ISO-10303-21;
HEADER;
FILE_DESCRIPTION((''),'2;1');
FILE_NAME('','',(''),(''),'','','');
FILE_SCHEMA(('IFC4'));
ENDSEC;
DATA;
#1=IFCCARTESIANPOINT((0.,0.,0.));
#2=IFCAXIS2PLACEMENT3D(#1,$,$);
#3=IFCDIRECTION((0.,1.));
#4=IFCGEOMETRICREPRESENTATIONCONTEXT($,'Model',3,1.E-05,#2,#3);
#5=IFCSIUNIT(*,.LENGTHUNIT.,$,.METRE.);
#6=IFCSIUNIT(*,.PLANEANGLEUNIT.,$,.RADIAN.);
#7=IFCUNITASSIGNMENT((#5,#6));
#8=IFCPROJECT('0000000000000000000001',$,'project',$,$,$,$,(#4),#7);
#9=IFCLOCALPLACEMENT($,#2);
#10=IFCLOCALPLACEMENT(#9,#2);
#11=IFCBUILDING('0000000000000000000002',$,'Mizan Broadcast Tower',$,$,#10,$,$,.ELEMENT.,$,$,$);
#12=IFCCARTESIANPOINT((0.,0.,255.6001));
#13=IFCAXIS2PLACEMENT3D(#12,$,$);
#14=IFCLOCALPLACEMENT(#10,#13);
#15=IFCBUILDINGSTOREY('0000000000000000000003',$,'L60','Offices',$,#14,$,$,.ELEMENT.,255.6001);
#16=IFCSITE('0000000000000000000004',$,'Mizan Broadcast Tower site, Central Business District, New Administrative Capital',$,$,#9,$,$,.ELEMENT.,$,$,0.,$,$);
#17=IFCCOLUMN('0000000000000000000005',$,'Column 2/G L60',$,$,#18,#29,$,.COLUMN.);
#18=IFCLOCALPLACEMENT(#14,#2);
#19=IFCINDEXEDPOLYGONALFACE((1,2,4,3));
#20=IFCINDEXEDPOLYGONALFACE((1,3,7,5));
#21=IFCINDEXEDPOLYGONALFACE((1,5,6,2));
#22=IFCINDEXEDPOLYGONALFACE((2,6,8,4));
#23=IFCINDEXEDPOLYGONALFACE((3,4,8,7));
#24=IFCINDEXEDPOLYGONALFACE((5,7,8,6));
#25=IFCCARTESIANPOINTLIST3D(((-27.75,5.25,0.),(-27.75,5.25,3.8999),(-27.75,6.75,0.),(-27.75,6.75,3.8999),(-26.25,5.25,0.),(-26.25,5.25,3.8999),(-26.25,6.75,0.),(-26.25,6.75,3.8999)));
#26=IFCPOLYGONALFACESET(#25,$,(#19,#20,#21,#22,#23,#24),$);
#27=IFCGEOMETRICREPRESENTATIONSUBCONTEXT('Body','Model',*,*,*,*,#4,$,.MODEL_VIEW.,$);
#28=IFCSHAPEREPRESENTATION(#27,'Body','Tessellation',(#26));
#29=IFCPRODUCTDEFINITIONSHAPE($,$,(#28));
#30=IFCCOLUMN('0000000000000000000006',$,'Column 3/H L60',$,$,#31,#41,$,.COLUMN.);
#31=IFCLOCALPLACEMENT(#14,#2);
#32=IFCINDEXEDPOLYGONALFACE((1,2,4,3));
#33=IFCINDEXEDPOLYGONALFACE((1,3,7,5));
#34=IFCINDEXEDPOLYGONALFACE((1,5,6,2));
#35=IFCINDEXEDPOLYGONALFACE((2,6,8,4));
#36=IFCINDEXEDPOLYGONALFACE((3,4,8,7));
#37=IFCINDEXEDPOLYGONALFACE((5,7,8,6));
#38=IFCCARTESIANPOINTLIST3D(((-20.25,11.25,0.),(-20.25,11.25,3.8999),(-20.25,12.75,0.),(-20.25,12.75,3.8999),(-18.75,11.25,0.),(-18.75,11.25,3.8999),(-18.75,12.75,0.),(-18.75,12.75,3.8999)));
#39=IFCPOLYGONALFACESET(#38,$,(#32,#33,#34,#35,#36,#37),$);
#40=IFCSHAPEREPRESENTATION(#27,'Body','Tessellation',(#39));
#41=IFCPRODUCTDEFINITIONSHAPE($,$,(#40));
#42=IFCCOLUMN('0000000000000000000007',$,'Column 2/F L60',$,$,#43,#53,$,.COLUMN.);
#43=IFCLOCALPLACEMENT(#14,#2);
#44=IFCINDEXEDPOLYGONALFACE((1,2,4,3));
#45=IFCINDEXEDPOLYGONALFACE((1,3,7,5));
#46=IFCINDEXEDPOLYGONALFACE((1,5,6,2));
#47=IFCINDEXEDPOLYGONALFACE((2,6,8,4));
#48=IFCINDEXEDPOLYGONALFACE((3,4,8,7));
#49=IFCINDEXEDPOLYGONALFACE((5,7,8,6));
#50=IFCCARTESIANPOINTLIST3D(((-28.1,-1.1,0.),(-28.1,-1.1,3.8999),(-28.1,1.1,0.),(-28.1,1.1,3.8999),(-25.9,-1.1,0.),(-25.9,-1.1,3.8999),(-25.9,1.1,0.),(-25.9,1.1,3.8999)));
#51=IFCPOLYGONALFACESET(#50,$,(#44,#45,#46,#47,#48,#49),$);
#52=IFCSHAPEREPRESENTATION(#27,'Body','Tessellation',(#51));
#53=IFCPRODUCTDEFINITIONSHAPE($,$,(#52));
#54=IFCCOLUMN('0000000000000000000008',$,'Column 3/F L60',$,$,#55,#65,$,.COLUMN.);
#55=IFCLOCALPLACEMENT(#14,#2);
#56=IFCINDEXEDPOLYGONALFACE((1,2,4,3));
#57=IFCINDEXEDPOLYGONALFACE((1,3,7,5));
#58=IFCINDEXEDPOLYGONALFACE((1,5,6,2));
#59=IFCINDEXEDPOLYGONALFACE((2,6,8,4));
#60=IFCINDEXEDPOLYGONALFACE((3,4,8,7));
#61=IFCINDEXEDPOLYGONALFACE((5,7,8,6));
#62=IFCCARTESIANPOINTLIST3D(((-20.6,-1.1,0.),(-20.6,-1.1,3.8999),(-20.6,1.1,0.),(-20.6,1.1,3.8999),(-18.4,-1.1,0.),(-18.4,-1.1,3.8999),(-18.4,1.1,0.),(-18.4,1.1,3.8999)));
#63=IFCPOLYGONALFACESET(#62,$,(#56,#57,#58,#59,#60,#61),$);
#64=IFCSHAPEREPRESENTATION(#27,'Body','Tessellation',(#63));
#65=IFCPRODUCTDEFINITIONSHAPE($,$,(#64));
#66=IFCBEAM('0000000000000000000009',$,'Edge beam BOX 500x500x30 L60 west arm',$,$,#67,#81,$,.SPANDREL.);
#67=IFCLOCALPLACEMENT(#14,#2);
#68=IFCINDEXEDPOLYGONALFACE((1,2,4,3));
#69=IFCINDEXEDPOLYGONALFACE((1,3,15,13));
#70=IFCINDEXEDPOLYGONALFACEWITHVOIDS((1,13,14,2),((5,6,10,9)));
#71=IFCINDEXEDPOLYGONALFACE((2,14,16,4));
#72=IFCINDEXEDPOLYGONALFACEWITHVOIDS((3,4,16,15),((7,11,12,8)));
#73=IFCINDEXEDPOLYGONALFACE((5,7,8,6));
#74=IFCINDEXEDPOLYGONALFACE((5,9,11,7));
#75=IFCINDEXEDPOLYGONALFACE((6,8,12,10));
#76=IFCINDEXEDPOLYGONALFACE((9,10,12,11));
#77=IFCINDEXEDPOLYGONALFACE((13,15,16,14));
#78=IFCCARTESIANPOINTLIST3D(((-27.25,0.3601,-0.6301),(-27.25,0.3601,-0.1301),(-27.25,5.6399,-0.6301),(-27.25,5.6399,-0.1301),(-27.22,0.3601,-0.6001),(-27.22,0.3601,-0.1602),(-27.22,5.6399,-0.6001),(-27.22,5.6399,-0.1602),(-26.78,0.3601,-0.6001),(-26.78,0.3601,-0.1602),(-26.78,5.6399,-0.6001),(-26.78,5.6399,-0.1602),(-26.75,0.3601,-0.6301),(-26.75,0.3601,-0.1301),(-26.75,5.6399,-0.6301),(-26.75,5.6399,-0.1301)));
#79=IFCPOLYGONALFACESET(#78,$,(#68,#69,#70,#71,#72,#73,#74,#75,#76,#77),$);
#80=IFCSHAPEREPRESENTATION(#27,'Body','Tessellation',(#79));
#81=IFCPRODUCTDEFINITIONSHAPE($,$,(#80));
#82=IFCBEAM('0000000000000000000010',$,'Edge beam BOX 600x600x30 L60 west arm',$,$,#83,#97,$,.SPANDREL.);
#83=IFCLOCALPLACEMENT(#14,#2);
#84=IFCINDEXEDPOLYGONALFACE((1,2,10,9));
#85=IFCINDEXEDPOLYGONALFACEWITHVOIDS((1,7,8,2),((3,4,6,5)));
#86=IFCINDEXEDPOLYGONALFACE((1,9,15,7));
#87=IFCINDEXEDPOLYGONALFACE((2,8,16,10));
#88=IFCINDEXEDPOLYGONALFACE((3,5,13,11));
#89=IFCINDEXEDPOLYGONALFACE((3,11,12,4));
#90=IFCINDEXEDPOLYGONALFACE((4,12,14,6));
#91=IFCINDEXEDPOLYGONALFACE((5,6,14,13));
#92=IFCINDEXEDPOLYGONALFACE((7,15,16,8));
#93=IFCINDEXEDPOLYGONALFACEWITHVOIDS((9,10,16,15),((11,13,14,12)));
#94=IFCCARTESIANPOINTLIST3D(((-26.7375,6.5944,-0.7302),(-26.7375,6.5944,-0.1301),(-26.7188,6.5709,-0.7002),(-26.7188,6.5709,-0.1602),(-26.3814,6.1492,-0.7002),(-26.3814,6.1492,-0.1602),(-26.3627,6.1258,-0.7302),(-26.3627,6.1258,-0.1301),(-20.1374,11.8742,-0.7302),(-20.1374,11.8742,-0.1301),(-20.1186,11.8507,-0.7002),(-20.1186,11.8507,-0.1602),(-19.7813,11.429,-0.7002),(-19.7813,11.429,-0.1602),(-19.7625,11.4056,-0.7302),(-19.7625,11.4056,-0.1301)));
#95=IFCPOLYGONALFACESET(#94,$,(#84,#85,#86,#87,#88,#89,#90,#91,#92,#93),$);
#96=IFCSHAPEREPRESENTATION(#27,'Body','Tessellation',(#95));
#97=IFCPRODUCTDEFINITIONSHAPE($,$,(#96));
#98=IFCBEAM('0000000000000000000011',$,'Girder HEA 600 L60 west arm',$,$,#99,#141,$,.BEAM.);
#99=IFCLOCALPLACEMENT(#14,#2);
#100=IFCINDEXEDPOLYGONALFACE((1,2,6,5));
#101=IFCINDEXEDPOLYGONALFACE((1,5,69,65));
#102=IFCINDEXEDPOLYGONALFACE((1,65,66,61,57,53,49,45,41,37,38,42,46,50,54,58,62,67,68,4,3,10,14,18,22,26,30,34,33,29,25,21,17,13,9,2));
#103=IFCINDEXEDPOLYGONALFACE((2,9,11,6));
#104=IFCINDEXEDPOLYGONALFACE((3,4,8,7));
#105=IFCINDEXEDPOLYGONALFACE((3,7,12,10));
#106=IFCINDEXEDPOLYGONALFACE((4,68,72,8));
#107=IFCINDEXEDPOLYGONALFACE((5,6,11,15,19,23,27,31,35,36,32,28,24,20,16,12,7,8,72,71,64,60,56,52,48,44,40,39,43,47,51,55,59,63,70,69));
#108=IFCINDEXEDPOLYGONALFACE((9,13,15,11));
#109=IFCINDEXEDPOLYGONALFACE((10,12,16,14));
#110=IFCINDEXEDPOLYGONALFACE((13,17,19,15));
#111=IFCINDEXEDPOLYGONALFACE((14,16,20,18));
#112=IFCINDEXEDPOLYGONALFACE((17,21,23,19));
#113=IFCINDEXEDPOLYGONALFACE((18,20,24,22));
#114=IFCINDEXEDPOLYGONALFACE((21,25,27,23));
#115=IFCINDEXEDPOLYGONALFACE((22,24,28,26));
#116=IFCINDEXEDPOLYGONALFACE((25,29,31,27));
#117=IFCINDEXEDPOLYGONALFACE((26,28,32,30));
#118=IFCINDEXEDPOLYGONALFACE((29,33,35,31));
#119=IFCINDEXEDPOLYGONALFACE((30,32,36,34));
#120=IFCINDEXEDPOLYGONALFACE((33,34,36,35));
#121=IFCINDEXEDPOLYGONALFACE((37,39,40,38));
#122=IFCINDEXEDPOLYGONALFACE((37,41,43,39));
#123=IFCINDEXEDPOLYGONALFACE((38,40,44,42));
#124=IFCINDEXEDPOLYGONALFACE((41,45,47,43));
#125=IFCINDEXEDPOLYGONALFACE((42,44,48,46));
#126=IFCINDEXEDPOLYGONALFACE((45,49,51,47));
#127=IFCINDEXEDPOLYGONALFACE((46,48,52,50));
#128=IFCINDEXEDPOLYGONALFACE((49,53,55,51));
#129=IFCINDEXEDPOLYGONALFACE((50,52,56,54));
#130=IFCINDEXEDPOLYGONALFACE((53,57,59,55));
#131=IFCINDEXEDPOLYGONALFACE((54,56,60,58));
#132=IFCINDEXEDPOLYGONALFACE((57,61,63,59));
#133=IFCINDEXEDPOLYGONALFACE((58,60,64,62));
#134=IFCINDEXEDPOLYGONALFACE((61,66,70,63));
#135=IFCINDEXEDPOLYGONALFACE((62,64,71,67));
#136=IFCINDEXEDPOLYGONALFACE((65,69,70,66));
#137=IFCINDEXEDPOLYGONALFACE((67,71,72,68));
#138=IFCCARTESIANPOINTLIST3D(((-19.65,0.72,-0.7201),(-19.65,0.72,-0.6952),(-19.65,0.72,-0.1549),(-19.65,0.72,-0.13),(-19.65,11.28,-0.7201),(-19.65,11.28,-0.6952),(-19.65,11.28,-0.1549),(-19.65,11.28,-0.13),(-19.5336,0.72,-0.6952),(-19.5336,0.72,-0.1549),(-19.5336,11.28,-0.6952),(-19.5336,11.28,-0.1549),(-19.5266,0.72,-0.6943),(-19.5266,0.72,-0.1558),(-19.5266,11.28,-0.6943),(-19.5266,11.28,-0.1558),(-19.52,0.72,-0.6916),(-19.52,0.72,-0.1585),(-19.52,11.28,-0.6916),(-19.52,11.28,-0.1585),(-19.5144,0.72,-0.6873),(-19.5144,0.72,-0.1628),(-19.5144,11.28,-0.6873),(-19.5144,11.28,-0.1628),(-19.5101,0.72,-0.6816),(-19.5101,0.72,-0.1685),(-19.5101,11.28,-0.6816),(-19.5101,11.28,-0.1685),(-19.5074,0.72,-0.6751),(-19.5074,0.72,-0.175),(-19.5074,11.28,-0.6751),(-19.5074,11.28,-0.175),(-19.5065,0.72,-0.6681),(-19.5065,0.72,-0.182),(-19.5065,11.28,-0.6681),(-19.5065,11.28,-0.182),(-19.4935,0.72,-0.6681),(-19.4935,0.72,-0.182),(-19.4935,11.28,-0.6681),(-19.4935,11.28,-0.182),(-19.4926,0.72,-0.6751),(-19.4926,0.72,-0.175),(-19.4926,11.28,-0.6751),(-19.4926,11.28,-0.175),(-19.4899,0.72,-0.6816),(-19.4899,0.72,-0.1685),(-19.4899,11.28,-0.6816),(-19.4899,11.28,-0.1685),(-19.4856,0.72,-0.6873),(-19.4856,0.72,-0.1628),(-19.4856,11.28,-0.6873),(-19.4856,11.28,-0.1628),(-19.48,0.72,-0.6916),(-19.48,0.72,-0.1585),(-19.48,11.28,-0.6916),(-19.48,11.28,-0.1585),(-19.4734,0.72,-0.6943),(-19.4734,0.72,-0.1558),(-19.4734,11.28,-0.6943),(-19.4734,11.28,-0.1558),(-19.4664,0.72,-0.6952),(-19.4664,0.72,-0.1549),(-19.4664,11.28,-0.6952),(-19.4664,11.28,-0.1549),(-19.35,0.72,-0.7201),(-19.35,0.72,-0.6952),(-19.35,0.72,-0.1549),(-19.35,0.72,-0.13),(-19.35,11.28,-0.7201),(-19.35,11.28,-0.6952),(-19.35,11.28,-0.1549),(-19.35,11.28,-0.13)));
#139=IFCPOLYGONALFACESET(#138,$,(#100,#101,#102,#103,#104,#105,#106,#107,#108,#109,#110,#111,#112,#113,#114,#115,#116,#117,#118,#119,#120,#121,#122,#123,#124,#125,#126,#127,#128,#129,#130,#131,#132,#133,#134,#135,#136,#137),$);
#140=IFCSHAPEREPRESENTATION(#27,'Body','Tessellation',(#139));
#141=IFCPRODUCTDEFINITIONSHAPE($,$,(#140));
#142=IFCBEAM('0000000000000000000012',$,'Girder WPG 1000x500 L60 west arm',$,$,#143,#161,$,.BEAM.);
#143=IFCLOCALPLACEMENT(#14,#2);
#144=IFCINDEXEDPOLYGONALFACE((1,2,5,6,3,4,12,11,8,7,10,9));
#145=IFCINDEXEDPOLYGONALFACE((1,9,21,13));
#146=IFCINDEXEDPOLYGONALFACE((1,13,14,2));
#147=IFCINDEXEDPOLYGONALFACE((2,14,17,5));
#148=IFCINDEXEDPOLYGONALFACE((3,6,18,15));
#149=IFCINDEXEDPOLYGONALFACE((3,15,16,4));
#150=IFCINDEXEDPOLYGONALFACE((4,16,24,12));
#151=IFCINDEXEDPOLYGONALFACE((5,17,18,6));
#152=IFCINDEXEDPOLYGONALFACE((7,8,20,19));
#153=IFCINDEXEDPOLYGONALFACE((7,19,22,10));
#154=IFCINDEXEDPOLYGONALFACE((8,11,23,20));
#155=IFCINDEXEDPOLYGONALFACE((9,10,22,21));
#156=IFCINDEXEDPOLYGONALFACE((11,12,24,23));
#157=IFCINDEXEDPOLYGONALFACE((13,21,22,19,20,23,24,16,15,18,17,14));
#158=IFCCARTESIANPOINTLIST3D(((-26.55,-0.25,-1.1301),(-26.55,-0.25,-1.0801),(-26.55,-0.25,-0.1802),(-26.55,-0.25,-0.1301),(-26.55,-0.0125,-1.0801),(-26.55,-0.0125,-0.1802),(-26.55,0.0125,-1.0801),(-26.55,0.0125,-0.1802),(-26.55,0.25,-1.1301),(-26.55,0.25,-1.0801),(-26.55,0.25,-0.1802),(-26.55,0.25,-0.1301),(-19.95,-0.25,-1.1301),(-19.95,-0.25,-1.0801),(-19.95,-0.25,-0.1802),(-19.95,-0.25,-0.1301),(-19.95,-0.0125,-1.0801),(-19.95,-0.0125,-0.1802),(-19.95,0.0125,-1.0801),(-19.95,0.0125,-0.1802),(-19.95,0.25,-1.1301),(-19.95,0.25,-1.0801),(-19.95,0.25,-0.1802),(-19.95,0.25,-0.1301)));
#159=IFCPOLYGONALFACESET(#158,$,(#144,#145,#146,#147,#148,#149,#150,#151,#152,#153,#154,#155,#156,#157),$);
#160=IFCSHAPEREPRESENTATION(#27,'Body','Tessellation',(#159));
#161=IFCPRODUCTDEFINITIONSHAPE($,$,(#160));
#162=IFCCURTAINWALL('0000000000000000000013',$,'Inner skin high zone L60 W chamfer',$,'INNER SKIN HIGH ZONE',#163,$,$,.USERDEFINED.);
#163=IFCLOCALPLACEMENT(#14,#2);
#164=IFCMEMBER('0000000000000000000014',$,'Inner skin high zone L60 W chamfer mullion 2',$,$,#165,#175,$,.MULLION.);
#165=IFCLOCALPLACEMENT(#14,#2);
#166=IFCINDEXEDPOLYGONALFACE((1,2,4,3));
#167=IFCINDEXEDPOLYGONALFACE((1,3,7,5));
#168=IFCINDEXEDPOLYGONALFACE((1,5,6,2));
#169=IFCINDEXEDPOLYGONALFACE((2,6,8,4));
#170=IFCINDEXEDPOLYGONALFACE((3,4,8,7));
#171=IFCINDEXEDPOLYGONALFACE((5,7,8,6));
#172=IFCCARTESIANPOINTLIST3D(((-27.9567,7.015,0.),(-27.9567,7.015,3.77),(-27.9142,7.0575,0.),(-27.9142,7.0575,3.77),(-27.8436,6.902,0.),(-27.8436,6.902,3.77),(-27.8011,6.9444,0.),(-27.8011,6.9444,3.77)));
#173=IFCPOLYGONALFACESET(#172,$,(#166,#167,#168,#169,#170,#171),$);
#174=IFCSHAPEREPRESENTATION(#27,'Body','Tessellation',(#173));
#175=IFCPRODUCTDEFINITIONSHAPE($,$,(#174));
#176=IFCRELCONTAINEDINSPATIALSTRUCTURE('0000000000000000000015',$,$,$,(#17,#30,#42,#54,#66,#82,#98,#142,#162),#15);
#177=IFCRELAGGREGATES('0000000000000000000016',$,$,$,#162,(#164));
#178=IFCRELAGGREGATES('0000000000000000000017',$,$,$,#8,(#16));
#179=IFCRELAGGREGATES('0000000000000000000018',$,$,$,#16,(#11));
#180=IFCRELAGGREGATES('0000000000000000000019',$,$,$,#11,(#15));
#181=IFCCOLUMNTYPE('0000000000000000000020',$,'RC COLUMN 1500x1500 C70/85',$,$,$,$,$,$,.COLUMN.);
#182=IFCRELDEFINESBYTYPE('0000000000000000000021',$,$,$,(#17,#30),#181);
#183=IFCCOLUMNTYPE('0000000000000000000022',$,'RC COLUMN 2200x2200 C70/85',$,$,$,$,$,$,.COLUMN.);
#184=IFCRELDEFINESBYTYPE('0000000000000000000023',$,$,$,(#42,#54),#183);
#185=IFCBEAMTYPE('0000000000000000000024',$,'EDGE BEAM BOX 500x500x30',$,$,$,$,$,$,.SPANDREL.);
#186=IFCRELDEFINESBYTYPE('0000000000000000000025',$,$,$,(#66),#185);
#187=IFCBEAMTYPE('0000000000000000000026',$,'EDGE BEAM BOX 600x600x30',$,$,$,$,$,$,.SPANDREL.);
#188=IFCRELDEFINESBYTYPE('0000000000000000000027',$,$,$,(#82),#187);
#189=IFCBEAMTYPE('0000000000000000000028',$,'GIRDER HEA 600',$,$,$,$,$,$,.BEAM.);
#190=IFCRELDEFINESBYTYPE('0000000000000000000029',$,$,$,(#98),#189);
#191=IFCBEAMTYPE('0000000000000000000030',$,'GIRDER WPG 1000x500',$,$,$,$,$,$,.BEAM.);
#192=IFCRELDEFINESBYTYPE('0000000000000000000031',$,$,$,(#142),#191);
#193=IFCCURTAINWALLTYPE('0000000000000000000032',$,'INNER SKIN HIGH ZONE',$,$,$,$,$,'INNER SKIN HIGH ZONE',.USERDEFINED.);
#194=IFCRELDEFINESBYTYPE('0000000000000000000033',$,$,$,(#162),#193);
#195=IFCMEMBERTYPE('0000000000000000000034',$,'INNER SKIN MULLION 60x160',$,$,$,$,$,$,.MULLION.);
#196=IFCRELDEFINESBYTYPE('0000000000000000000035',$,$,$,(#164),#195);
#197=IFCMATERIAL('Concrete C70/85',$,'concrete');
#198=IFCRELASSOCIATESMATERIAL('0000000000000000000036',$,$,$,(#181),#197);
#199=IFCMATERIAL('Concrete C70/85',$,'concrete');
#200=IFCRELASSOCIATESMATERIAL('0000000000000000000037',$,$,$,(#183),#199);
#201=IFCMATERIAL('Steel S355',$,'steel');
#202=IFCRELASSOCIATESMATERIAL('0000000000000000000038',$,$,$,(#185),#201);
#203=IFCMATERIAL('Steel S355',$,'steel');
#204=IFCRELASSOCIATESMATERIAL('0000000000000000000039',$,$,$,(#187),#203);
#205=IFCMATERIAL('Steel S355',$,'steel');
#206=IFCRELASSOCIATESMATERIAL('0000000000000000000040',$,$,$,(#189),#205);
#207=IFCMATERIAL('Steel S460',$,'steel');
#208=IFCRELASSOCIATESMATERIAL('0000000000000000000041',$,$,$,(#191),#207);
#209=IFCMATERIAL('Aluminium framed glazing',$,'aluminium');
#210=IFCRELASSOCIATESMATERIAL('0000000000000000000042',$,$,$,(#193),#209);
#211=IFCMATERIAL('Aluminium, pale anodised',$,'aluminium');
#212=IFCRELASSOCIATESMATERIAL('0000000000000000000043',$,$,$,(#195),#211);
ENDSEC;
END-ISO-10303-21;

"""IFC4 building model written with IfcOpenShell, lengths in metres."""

from ifc_helpers import new_model, si_unit, direction, frame, origin, origin_2d, place, context, subcontext, project, spatial, rectangle, hollow_rectangle, i_section, extrude, material, material_profile, profile_set, type_object, element, aggregate, save


model = new_model("IFC4")

# Units and contexts
model_context = context("Model", 3, precision=1e-05, world=origin(), true_north=direction((0.0, 1.0)))
body_context = subcontext(model_context, "Body", "Model", "MODEL_VIEW")
ifc_project = project(units=[si_unit("LENGTHUNIT", "METRE"), si_unit("PLANEANGLEUNIT", "RADIAN")], contexts=[model_context])

# Site, building, storey
site_placement = place(None, origin())
site = spatial("IfcSite", under=ifc_project, at=site_placement, Name="Mizan Broadcast Tower site, Central Business District, New Administrative Capital", CompositionType="ELEMENT", RefElevation=0.0)
building_placement = place(site_placement, origin())
building = spatial("IfcBuilding", under=site, at=building_placement, Name="Mizan Broadcast Tower", CompositionType="ELEMENT")
storey_placement = place(building_placement, frame((0.0, 0.0, 255.6001)))
storey = spatial("IfcBuildingStorey", under=building, at=storey_placement, Name="L60", Description="Offices", CompositionType="ELEMENT", Elevation=255.6001)

# Columns
ifc_material_1 = material(Name="Concrete C70/85", Category="concrete")
ifc_material_profile_1 = material_profile(ifc_material_1, rectangle(XDim=1.5, YDim=1.5, at=origin_2d()), Name="RC 1500x1500")
ifc_profile_set_1 = profile_set([ifc_material_profile_1], Name="Concrete C70/85")
column_type_1 = type_object("IfcColumnType", Name="RC COLUMN 1500x1500 C70/85", PredefinedType="COLUMN", material=ifc_profile_set_1)
for number, where, z_axis, x_axis, name in (
    (1, (-27.0, 6.0, 0.0), (0.0, 0.0, 1.0), (1.0, 0.0, 0.0), "Column 2/G L60"),
    (2, (-19.5, 12.0, 0.0), (0.0, 0.0, 1.0), (1.0, 0.0, 0.0), "Column 3/H L60"),
):
    element("IfcColumn", number, at=place(storey_placement, frame(where, z_axis=z_axis, x_axis=x_axis)), inside=storey, type_object=column_type_1, Name=name, PredefinedType="COLUMN", context=body_context, shape_type="SweptSolid", body=[
        extrude(rectangle(XDim=1.5, YDim=1.5, at=origin_2d()), origin(), (0.0, 0.0, 1.0), 3.8999),
    ])
ifc_material_2 = material(Name="Concrete C70/85", Category="concrete")
ifc_material_profile_2 = material_profile(ifc_material_2, rectangle(XDim=2.2, YDim=2.2, at=origin_2d()), Name="RC 2200x2200")
ifc_profile_set_2 = profile_set([ifc_material_profile_2], Name="Concrete C70/85")
column_type_2 = type_object("IfcColumnType", Name="RC COLUMN 2200x2200 C70/85", PredefinedType="COLUMN", material=ifc_profile_set_2)
for number, where, z_axis, x_axis, name in (
    (3, (-27.0, 0.0, 0.0), (0.0, 0.0, 1.0), (1.0, 0.0, 0.0), "Column 2/F L60"),
    (4, (-19.5, 0.0, 0.0), (0.0, 0.0, 1.0), (1.0, 0.0, 0.0), "Column 3/F L60"),
):
    element("IfcColumn", number, at=place(storey_placement, frame(where, z_axis=z_axis, x_axis=x_axis)), inside=storey, type_object=column_type_2, Name=name, PredefinedType="COLUMN", context=body_context, shape_type="SweptSolid", body=[
        extrude(rectangle(XDim=2.2, YDim=2.2, at=origin_2d()), origin(), (0.0, 0.0, 1.0), 3.8999),
    ])

# Beams
ifc_material_3 = material(Name="Steel S355", Category="steel")
ifc_material_profile_3 = material_profile(ifc_material_3, hollow_rectangle(XDim=0.5, YDim=0.5, WallThickness=0.03, at=origin_2d()), Name="BOX 500x500x30")
ifc_profile_set_3 = profile_set([ifc_material_profile_3], Name="Steel S355")
beam_type_1 = type_object("IfcBeamType", Name="EDGE BEAM BOX 500x500x30", PredefinedType="SPANDREL", material=ifc_profile_set_3)
beam_1_placement = place(storey_placement, frame((-27.0, 5.6399, -0.3801), z_axis=(0.0, -1.0, 0.0), x_axis=(1.0, 0.0, 0.0)))
element("IfcBeam", 5, at=beam_1_placement, inside=storey, type_object=beam_type_1, Name="Edge beam BOX 500x500x30 L60 west arm", PredefinedType="SPANDREL", context=body_context, shape_type="SweptSolid", body=[
    extrude(hollow_rectangle(XDim=0.5, YDim=0.5, WallThickness=0.03, at=origin_2d()), origin(), (0.0, 0.0, 1.0), 5.2798),
])
ifc_material_4 = material(Name="Steel S355", Category="steel")
ifc_material_profile_4 = material_profile(ifc_material_4, hollow_rectangle(XDim=0.6001, YDim=0.6001, WallThickness=0.03, at=origin_2d()), Name="BOX 600x600x30")
ifc_profile_set_4 = profile_set([ifc_material_profile_4], Name="Steel S355")
beam_type_2 = type_object("IfcBeamType", Name="EDGE BEAM BOX 600x600x30", PredefinedType="SPANDREL", material=ifc_profile_set_4)
beam_2_placement = place(storey_placement, frame((-19.95, 11.6399, -0.4302), z_axis=(-0.780886, -0.624674, 0.0), x_axis=(0.624674, -0.780886, 0.0)))
element("IfcBeam", 6, at=beam_2_placement, inside=storey, type_object=beam_type_2, Name="Edge beam BOX 600x600x30 L60 west arm", PredefinedType="SPANDREL", context=body_context, shape_type="SweptSolid", body=[
    extrude(hollow_rectangle(XDim=0.6001, YDim=0.6001, WallThickness=0.03, at=origin_2d()), origin(), (0.0, 0.0, 1.0), 8.4521),
])
ifc_material_5 = material(Name="Steel S355", Category="steel")
ifc_material_profile_5 = material_profile(ifc_material_5, i_section(OverallWidth=0.3, OverallDepth=0.5901, WebThickness=0.0129, FlangeThickness=0.0249, FilletRadius=0.0271, at=origin_2d()), Name="HEA 600")
ifc_profile_set_5 = profile_set([ifc_material_profile_5], Name="Steel S355")
beam_type_3 = type_object("IfcBeamType", Name="GIRDER HEA 600", PredefinedType="BEAM", material=ifc_profile_set_5)
beam_3_placement = place(storey_placement, frame((-19.5, 11.28, -0.425), z_axis=(0.0, -1.0, 0.0), x_axis=(1.0, 0.0, 0.0)))
element("IfcBeam", 7, at=beam_3_placement, inside=storey, type_object=beam_type_3, Name="Girder HEA 600 L60 west arm", PredefinedType="BEAM", context=body_context, shape_type="SweptSolid", body=[
    extrude(i_section(OverallWidth=0.3, OverallDepth=0.5901, WebThickness=0.0129, FlangeThickness=0.0249, FilletRadius=0.0271, at=origin_2d()), origin(), (0.0, 0.0, 1.0), 10.5601),
])
ifc_material_6 = material(Name="Steel S460", Category="steel")
ifc_material_profile_6 = material_profile(ifc_material_6, i_section(OverallWidth=0.5, OverallDepth=1.0, WebThickness=0.0249, FlangeThickness=0.05, at=origin_2d()), Name="WPG 1000x500")
ifc_profile_set_6 = profile_set([ifc_material_profile_6], Name="Steel S460")
beam_type_4 = type_object("IfcBeamType", Name="GIRDER WPG 1000x500", PredefinedType="BEAM", material=ifc_profile_set_6)
beam_4_placement = place(storey_placement, frame((-19.95, 0.0, -0.6301), z_axis=(-1.0, 0.0, 0.0), x_axis=(0.0, -1.0, 0.0)))
element("IfcBeam", 8, at=beam_4_placement, inside=storey, type_object=beam_type_4, Name="Girder WPG 1000x500 L60 west arm", PredefinedType="BEAM", context=body_context, shape_type="SweptSolid", body=[
    extrude(i_section(OverallWidth=0.5, OverallDepth=1.0, WebThickness=0.0249, FlangeThickness=0.05, at=origin_2d()), origin(), (0.0, 0.0, 1.0), 6.6001),
])

# Curtain wall, member
ifc_material_7 = material(Name="Aluminium framed glazing", Category="aluminium")
curtain_wall_type_1 = type_object("IfcCurtainWallType", Name="INNER SKIN HIGH ZONE", ElementType="INNER SKIN HIGH ZONE", PredefinedType="USERDEFINED", material=ifc_material_7)
curtain_wall_1_placement = place(storey_placement, origin())
curtain_wall_1 = element("IfcCurtainWall", 9, at=curtain_wall_1_placement, inside=storey, type_object=curtain_wall_type_1, Name="Inner skin high zone L60 W chamfer", ObjectType="INNER SKIN HIGH ZONE", PredefinedType="USERDEFINED")
ifc_material_8 = material(Name="Aluminium, pale anodised", Category="aluminium")
ifc_material_profile_7 = material_profile(ifc_material_8, rectangle(XDim=0.1599, YDim=0.0601, at=origin_2d()), Name="MULLION 160x60")
ifc_profile_set_7 = profile_set([ifc_material_profile_7], Name="Aluminium, pale anodised")
member_type_1 = type_object("IfcMemberType", Name="INNER SKIN MULLION 60x160", PredefinedType="MULLION", material=ifc_profile_set_7)
member_1_placement = place(storey_placement, frame((-27.8789, 6.9797, 0.0), z_axis=(0.0, 0.0, 1.0), x_axis=(0.707107, -0.707107, 0.0)))
member_1 = element("IfcMember", 10, at=member_1_placement, type_object=member_type_1, Name="Inner skin high zone L60 W chamfer mullion 2", PredefinedType="MULLION", context=body_context, shape_type="SweptSolid", body=[
    extrude(rectangle(XDim=0.1599, YDim=0.0601, at=origin_2d()), origin(), (0.0, 0.0, 1.0), 3.77),
])

aggregate(curtain_wall_1, [member_1])

save(model, "model.ifc")
